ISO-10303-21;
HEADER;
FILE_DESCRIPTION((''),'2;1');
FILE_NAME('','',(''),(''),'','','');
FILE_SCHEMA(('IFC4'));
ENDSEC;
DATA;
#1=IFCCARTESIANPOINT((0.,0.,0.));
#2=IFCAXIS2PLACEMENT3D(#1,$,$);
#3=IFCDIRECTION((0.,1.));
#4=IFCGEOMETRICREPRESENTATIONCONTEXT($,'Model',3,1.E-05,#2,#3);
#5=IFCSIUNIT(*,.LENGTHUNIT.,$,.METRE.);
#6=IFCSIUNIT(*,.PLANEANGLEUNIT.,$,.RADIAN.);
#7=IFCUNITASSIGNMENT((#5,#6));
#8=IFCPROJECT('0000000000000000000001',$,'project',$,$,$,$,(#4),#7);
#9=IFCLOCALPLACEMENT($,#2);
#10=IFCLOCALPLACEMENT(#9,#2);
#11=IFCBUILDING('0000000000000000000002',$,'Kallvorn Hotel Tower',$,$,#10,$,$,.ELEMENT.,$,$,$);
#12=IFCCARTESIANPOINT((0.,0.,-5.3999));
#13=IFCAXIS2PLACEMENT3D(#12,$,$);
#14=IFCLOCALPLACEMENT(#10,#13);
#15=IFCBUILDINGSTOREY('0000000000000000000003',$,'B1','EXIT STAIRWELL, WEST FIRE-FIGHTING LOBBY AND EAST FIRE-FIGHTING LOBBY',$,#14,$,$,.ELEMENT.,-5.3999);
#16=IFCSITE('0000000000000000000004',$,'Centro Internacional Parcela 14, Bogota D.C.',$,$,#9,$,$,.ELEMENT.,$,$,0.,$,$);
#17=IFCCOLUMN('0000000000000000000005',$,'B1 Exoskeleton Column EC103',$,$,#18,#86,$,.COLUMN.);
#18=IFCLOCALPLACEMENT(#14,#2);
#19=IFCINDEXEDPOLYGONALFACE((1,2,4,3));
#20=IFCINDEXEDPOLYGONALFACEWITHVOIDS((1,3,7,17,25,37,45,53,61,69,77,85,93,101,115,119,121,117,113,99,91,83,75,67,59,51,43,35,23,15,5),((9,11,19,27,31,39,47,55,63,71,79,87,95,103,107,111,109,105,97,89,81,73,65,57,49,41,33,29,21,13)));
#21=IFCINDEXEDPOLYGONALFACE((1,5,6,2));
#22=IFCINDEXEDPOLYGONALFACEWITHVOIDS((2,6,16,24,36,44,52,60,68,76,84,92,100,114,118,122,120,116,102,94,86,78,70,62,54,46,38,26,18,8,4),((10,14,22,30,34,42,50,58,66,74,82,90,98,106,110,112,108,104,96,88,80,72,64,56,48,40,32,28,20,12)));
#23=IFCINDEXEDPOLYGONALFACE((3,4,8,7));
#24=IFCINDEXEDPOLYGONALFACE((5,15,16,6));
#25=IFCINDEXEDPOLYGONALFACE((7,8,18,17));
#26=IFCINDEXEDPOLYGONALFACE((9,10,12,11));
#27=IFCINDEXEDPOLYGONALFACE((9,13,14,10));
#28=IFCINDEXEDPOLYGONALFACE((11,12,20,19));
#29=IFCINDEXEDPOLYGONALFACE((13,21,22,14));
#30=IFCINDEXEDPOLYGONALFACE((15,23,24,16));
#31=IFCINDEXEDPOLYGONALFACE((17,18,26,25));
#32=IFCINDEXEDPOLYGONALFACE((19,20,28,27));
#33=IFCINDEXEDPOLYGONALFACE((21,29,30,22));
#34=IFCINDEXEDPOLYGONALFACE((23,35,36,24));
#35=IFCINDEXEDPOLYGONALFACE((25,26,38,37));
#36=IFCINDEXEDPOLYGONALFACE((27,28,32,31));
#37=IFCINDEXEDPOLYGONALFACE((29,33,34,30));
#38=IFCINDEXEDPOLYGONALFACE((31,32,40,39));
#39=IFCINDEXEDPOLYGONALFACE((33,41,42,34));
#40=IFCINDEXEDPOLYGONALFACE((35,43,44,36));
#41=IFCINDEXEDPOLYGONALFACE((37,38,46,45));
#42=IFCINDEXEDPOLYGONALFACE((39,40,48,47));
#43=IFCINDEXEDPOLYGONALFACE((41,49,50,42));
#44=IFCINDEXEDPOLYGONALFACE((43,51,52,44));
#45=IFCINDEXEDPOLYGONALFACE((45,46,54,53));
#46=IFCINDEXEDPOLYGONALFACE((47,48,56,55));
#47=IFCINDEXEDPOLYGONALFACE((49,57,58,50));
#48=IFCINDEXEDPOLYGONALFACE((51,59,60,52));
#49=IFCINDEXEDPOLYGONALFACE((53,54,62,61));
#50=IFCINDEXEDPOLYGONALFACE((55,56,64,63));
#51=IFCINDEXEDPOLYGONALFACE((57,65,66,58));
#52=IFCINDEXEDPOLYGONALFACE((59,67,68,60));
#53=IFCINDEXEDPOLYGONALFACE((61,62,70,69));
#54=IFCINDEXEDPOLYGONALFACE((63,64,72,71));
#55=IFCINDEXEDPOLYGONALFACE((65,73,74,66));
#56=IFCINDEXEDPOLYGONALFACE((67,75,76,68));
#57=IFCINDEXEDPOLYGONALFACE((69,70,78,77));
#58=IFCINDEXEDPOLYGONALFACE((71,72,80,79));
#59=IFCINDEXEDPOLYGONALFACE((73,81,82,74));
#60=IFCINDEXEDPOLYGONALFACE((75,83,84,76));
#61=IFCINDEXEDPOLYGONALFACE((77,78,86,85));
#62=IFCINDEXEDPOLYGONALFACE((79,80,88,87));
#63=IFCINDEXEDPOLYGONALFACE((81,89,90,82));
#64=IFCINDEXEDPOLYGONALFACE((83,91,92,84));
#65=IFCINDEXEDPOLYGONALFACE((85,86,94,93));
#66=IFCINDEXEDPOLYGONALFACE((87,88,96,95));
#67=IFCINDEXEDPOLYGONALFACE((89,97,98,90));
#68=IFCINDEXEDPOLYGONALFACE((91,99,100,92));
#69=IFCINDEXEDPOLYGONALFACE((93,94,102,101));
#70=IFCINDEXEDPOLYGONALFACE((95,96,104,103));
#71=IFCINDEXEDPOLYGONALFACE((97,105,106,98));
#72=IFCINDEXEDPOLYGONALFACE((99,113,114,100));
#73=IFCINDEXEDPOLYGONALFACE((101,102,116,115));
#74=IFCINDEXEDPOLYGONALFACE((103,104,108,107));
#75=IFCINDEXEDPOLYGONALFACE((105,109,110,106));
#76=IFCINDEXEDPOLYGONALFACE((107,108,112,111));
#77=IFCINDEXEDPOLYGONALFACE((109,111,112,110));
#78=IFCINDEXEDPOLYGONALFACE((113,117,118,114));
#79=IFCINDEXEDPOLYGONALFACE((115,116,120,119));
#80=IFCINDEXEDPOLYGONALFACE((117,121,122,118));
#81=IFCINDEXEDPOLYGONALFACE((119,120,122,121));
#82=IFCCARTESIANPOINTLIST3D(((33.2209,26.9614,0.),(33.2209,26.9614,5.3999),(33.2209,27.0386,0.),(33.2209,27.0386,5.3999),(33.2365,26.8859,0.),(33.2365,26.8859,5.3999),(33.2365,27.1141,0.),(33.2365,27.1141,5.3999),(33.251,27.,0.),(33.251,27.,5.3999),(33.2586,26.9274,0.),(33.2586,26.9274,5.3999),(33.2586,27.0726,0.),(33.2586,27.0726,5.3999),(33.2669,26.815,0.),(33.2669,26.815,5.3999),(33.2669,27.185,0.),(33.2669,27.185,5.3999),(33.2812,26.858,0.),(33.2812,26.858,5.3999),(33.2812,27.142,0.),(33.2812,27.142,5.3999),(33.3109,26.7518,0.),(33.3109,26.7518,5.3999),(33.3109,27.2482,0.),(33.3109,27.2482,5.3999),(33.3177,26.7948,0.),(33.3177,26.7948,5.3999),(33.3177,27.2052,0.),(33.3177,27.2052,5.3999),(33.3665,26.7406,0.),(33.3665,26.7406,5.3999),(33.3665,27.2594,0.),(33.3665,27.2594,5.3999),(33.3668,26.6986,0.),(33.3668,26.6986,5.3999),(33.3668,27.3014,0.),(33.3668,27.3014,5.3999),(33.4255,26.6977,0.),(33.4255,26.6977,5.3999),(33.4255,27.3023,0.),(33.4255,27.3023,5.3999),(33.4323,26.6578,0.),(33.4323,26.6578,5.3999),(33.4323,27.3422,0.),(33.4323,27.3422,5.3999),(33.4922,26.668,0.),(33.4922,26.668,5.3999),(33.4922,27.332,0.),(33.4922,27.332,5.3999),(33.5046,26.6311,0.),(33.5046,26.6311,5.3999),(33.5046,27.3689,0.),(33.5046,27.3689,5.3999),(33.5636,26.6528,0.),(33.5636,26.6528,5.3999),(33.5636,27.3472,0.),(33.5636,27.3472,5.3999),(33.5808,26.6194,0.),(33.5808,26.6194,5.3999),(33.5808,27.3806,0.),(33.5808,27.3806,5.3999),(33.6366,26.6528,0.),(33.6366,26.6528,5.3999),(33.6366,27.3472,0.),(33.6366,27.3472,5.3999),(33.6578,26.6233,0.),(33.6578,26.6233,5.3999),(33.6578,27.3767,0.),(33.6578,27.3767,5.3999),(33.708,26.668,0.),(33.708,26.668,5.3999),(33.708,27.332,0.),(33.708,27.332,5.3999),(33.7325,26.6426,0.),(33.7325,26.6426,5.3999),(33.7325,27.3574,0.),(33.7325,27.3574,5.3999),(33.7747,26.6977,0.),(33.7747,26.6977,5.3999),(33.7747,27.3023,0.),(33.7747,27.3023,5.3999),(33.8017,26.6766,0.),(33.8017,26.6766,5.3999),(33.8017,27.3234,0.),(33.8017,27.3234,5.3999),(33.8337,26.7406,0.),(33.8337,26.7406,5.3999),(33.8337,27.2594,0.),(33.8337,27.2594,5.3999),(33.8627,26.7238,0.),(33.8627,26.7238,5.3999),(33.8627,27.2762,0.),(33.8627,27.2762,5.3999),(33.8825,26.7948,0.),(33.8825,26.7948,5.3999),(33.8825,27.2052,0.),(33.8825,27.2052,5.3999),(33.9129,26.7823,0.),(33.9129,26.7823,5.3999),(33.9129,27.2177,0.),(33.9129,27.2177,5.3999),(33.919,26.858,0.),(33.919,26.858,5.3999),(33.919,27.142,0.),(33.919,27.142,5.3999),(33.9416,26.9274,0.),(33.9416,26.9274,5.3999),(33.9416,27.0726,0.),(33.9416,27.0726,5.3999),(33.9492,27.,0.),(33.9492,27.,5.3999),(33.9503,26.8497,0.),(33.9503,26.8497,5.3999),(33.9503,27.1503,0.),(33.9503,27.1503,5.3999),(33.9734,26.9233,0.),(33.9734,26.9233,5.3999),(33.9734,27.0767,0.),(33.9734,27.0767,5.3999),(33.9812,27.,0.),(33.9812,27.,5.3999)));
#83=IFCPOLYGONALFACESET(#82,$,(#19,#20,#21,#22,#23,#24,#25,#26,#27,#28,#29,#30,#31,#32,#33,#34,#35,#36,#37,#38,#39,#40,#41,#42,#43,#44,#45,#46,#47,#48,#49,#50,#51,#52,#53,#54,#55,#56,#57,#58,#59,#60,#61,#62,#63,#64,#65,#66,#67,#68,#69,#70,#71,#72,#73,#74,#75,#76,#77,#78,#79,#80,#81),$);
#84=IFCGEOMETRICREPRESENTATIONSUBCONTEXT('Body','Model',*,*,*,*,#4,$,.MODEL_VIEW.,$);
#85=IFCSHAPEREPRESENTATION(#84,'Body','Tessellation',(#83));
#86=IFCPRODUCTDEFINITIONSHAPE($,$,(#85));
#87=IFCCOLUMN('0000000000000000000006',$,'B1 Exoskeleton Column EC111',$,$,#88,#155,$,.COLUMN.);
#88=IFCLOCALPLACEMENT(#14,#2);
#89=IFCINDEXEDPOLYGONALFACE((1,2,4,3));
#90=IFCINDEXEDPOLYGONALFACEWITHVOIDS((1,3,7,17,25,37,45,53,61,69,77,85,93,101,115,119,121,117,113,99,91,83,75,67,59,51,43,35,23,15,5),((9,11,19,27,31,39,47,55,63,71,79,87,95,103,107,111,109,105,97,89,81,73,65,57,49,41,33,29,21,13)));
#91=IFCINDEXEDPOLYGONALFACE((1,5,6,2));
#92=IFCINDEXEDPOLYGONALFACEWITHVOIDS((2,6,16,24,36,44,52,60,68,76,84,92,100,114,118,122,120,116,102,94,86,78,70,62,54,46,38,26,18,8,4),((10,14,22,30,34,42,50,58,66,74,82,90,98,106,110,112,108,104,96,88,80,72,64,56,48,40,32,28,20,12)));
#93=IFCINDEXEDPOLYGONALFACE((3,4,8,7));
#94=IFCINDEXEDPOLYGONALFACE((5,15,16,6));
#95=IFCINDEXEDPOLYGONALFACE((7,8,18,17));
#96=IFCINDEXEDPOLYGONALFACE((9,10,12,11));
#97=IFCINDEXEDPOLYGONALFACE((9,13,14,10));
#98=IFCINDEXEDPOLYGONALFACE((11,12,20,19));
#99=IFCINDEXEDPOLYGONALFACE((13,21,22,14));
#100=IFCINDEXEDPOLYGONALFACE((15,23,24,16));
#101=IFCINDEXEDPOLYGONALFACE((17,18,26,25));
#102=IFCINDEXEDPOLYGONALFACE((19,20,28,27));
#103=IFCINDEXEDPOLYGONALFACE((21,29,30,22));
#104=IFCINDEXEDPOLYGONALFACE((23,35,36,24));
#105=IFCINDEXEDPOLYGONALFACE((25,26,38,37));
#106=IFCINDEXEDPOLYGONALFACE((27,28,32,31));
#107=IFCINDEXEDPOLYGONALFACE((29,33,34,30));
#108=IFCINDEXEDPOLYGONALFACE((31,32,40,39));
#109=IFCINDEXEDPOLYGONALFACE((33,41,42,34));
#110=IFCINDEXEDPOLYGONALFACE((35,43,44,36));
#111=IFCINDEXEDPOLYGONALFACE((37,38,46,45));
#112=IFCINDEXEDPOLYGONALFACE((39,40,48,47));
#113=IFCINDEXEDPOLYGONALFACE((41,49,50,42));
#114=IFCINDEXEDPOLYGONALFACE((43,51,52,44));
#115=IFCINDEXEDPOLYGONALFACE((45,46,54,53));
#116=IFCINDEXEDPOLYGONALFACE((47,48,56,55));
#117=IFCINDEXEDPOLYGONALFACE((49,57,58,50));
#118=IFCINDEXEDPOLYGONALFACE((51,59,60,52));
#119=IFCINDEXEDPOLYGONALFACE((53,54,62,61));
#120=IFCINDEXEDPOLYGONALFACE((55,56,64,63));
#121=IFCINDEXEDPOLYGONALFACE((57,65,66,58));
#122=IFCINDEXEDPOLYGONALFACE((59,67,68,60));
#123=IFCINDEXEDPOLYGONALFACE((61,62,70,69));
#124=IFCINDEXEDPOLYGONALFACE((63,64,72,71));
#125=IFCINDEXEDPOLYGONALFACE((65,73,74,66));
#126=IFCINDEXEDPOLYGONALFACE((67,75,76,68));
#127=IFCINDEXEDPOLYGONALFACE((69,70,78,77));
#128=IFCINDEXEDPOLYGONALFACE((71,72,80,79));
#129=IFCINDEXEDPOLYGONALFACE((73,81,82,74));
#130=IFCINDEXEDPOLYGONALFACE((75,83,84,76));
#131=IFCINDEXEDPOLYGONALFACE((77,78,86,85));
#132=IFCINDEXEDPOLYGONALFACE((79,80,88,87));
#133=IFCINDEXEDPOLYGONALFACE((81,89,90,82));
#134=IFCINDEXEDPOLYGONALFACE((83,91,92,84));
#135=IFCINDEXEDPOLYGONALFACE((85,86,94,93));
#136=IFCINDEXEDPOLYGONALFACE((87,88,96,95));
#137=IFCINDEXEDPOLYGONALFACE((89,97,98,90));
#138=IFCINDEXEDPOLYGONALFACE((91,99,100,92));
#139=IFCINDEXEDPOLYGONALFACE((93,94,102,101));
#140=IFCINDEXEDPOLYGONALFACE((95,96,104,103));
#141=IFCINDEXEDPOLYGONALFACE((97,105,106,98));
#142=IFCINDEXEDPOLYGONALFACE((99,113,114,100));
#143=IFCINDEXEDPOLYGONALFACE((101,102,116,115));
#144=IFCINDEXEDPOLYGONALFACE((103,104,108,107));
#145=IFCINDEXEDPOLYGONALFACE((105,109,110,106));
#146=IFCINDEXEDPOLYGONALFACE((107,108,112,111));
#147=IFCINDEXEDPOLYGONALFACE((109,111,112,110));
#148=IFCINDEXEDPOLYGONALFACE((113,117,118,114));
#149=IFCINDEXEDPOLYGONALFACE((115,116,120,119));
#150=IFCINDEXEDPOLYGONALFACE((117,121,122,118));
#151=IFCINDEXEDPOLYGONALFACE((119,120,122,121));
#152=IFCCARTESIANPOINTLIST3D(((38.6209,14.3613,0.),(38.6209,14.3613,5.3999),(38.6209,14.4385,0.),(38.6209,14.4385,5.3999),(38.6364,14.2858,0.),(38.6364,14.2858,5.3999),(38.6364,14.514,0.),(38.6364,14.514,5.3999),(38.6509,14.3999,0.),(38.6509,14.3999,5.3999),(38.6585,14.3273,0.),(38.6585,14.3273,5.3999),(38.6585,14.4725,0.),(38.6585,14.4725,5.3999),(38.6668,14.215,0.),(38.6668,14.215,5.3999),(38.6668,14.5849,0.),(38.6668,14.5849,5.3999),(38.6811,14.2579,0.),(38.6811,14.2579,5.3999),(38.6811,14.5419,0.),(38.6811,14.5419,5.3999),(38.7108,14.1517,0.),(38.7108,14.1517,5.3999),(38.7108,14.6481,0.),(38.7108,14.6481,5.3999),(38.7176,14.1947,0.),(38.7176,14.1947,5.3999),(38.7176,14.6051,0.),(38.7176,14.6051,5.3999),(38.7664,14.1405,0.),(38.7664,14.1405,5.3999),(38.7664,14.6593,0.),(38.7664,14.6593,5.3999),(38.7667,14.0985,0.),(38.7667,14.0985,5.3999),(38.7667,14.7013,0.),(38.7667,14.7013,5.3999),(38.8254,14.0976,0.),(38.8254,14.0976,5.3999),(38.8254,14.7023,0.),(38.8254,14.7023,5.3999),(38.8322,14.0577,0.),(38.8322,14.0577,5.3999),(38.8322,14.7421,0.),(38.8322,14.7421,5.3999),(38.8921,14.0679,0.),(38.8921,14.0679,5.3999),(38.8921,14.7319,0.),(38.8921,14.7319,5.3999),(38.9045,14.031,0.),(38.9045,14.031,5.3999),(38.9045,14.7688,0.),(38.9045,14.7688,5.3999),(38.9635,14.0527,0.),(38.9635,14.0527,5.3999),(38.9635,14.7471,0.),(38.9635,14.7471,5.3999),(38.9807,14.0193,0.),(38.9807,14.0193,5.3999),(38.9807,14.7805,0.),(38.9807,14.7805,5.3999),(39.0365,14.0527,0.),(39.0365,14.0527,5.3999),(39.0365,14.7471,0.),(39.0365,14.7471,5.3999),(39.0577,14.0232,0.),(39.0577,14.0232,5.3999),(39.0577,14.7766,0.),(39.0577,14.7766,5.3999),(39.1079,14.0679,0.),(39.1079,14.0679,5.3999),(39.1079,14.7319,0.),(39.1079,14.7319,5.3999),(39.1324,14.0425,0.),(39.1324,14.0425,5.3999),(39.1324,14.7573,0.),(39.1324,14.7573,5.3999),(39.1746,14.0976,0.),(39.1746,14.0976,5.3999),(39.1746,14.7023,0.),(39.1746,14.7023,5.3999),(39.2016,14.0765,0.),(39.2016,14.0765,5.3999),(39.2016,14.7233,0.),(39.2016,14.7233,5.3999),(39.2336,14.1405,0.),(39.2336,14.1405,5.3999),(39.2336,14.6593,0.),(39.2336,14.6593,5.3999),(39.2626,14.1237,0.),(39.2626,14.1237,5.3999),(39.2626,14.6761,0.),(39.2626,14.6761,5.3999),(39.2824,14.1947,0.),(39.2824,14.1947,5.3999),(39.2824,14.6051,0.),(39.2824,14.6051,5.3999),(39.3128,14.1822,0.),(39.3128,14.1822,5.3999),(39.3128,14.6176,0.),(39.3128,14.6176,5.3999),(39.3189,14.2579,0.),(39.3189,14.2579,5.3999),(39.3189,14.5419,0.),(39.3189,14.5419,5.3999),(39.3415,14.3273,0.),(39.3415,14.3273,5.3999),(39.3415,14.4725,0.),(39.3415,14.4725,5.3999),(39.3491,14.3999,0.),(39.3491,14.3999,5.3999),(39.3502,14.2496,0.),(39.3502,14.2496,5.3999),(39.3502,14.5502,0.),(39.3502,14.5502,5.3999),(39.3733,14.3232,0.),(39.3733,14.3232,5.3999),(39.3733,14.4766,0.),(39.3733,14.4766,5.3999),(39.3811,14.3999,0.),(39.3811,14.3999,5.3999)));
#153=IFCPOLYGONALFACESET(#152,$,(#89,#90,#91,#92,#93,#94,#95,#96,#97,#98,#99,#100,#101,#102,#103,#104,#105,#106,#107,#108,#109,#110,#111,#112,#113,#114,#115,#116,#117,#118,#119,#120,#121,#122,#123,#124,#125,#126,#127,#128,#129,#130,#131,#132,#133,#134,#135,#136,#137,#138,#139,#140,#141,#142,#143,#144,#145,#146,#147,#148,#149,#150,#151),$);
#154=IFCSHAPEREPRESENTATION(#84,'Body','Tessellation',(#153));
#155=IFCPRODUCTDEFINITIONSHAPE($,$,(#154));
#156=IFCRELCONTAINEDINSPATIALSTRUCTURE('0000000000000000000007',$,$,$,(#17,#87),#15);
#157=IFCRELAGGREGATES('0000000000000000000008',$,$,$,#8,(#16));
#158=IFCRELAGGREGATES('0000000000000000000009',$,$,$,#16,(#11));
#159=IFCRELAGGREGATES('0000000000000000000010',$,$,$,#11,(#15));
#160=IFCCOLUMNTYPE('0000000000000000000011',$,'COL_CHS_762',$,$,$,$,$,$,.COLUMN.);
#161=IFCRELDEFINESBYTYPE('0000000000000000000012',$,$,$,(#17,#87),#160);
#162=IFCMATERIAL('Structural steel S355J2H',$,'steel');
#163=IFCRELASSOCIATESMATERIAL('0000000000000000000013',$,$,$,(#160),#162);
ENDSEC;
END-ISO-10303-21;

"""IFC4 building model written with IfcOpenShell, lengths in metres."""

from ifc_helpers import new_model, si_unit, direction, frame, origin, origin_2d, place, context, subcontext, project, spatial, hollow_circle, extrude, material, material_profile, profile_set, type_object, element, save


model = new_model("IFC4")

# Units and contexts
model_context = context("Model", 3, precision=1e-05, world=origin(), true_north=direction((0.0, 1.0)))
body_context = subcontext(model_context, "Body", "Model", "MODEL_VIEW")
ifc_project = project(units=[si_unit("LENGTHUNIT", "METRE"), si_unit("PLANEANGLEUNIT", "RADIAN")], contexts=[model_context])

# Site, building, storey
site_placement = place(None, origin())
site = spatial("IfcSite", under=ifc_project, at=site_placement, Name="Centro Internacional Parcela 14, Bogota D.C.", CompositionType="ELEMENT", RefElevation=0.0)
building_placement = place(site_placement, origin())
building = spatial("IfcBuilding", under=site, at=building_placement, Name="Kallvorn Hotel Tower", CompositionType="ELEMENT")
storey_placement = place(building_placement, frame((0.0, 0.0, -5.3999)))
storey = spatial("IfcBuildingStorey", under=building, at=storey_placement, Name="B1", Description="EXIT STAIRWELL, WEST FIRE-FIGHTING LOBBY AND EAST FIRE-FIGHTING LOBBY", CompositionType="ELEMENT", Elevation=-5.3999)

# Columns
ifc_material_1 = material(Name="Structural steel S355J2H", Category="steel")
ifc_material_profile_1 = material_profile(ifc_material_1, hollow_circle(Radius=0.3811, WallThickness=0.032, at=origin_2d()), Name="CHS 762x32")
ifc_profile_set_1 = profile_set([ifc_material_profile_1], Name="Structural steel S355J2H")
column_type_1 = type_object("IfcColumnType", Name="COL_CHS_762", PredefinedType="COLUMN", material=ifc_profile_set_1)
for number, where, z_axis, x_axis, name in (
    (1, (33.6001, 27.0, 0.0), (0.0, 0.0, 1.0), (1.0, 0.0, 0.0), "B1 Exoskeleton Column EC103"),
    (2, (39.0, 14.3999, 0.0), (0.0, 0.0, 1.0), (1.0, 0.0, 0.0), "B1 Exoskeleton Column EC111"),
):
    element("IfcColumn", number, at=place(storey_placement, frame(where, z_axis=z_axis, x_axis=x_axis)), inside=storey, type_object=column_type_1, Name=name, PredefinedType="COLUMN", context=body_context, shape_type="SweptSolid", body=[
        extrude(hollow_circle(Radius=0.3811, WallThickness=0.032, at=origin_2d()), origin(), (0.0, 0.0, 1.0), 5.3999),
    ])

save(model, "model.ifc")
